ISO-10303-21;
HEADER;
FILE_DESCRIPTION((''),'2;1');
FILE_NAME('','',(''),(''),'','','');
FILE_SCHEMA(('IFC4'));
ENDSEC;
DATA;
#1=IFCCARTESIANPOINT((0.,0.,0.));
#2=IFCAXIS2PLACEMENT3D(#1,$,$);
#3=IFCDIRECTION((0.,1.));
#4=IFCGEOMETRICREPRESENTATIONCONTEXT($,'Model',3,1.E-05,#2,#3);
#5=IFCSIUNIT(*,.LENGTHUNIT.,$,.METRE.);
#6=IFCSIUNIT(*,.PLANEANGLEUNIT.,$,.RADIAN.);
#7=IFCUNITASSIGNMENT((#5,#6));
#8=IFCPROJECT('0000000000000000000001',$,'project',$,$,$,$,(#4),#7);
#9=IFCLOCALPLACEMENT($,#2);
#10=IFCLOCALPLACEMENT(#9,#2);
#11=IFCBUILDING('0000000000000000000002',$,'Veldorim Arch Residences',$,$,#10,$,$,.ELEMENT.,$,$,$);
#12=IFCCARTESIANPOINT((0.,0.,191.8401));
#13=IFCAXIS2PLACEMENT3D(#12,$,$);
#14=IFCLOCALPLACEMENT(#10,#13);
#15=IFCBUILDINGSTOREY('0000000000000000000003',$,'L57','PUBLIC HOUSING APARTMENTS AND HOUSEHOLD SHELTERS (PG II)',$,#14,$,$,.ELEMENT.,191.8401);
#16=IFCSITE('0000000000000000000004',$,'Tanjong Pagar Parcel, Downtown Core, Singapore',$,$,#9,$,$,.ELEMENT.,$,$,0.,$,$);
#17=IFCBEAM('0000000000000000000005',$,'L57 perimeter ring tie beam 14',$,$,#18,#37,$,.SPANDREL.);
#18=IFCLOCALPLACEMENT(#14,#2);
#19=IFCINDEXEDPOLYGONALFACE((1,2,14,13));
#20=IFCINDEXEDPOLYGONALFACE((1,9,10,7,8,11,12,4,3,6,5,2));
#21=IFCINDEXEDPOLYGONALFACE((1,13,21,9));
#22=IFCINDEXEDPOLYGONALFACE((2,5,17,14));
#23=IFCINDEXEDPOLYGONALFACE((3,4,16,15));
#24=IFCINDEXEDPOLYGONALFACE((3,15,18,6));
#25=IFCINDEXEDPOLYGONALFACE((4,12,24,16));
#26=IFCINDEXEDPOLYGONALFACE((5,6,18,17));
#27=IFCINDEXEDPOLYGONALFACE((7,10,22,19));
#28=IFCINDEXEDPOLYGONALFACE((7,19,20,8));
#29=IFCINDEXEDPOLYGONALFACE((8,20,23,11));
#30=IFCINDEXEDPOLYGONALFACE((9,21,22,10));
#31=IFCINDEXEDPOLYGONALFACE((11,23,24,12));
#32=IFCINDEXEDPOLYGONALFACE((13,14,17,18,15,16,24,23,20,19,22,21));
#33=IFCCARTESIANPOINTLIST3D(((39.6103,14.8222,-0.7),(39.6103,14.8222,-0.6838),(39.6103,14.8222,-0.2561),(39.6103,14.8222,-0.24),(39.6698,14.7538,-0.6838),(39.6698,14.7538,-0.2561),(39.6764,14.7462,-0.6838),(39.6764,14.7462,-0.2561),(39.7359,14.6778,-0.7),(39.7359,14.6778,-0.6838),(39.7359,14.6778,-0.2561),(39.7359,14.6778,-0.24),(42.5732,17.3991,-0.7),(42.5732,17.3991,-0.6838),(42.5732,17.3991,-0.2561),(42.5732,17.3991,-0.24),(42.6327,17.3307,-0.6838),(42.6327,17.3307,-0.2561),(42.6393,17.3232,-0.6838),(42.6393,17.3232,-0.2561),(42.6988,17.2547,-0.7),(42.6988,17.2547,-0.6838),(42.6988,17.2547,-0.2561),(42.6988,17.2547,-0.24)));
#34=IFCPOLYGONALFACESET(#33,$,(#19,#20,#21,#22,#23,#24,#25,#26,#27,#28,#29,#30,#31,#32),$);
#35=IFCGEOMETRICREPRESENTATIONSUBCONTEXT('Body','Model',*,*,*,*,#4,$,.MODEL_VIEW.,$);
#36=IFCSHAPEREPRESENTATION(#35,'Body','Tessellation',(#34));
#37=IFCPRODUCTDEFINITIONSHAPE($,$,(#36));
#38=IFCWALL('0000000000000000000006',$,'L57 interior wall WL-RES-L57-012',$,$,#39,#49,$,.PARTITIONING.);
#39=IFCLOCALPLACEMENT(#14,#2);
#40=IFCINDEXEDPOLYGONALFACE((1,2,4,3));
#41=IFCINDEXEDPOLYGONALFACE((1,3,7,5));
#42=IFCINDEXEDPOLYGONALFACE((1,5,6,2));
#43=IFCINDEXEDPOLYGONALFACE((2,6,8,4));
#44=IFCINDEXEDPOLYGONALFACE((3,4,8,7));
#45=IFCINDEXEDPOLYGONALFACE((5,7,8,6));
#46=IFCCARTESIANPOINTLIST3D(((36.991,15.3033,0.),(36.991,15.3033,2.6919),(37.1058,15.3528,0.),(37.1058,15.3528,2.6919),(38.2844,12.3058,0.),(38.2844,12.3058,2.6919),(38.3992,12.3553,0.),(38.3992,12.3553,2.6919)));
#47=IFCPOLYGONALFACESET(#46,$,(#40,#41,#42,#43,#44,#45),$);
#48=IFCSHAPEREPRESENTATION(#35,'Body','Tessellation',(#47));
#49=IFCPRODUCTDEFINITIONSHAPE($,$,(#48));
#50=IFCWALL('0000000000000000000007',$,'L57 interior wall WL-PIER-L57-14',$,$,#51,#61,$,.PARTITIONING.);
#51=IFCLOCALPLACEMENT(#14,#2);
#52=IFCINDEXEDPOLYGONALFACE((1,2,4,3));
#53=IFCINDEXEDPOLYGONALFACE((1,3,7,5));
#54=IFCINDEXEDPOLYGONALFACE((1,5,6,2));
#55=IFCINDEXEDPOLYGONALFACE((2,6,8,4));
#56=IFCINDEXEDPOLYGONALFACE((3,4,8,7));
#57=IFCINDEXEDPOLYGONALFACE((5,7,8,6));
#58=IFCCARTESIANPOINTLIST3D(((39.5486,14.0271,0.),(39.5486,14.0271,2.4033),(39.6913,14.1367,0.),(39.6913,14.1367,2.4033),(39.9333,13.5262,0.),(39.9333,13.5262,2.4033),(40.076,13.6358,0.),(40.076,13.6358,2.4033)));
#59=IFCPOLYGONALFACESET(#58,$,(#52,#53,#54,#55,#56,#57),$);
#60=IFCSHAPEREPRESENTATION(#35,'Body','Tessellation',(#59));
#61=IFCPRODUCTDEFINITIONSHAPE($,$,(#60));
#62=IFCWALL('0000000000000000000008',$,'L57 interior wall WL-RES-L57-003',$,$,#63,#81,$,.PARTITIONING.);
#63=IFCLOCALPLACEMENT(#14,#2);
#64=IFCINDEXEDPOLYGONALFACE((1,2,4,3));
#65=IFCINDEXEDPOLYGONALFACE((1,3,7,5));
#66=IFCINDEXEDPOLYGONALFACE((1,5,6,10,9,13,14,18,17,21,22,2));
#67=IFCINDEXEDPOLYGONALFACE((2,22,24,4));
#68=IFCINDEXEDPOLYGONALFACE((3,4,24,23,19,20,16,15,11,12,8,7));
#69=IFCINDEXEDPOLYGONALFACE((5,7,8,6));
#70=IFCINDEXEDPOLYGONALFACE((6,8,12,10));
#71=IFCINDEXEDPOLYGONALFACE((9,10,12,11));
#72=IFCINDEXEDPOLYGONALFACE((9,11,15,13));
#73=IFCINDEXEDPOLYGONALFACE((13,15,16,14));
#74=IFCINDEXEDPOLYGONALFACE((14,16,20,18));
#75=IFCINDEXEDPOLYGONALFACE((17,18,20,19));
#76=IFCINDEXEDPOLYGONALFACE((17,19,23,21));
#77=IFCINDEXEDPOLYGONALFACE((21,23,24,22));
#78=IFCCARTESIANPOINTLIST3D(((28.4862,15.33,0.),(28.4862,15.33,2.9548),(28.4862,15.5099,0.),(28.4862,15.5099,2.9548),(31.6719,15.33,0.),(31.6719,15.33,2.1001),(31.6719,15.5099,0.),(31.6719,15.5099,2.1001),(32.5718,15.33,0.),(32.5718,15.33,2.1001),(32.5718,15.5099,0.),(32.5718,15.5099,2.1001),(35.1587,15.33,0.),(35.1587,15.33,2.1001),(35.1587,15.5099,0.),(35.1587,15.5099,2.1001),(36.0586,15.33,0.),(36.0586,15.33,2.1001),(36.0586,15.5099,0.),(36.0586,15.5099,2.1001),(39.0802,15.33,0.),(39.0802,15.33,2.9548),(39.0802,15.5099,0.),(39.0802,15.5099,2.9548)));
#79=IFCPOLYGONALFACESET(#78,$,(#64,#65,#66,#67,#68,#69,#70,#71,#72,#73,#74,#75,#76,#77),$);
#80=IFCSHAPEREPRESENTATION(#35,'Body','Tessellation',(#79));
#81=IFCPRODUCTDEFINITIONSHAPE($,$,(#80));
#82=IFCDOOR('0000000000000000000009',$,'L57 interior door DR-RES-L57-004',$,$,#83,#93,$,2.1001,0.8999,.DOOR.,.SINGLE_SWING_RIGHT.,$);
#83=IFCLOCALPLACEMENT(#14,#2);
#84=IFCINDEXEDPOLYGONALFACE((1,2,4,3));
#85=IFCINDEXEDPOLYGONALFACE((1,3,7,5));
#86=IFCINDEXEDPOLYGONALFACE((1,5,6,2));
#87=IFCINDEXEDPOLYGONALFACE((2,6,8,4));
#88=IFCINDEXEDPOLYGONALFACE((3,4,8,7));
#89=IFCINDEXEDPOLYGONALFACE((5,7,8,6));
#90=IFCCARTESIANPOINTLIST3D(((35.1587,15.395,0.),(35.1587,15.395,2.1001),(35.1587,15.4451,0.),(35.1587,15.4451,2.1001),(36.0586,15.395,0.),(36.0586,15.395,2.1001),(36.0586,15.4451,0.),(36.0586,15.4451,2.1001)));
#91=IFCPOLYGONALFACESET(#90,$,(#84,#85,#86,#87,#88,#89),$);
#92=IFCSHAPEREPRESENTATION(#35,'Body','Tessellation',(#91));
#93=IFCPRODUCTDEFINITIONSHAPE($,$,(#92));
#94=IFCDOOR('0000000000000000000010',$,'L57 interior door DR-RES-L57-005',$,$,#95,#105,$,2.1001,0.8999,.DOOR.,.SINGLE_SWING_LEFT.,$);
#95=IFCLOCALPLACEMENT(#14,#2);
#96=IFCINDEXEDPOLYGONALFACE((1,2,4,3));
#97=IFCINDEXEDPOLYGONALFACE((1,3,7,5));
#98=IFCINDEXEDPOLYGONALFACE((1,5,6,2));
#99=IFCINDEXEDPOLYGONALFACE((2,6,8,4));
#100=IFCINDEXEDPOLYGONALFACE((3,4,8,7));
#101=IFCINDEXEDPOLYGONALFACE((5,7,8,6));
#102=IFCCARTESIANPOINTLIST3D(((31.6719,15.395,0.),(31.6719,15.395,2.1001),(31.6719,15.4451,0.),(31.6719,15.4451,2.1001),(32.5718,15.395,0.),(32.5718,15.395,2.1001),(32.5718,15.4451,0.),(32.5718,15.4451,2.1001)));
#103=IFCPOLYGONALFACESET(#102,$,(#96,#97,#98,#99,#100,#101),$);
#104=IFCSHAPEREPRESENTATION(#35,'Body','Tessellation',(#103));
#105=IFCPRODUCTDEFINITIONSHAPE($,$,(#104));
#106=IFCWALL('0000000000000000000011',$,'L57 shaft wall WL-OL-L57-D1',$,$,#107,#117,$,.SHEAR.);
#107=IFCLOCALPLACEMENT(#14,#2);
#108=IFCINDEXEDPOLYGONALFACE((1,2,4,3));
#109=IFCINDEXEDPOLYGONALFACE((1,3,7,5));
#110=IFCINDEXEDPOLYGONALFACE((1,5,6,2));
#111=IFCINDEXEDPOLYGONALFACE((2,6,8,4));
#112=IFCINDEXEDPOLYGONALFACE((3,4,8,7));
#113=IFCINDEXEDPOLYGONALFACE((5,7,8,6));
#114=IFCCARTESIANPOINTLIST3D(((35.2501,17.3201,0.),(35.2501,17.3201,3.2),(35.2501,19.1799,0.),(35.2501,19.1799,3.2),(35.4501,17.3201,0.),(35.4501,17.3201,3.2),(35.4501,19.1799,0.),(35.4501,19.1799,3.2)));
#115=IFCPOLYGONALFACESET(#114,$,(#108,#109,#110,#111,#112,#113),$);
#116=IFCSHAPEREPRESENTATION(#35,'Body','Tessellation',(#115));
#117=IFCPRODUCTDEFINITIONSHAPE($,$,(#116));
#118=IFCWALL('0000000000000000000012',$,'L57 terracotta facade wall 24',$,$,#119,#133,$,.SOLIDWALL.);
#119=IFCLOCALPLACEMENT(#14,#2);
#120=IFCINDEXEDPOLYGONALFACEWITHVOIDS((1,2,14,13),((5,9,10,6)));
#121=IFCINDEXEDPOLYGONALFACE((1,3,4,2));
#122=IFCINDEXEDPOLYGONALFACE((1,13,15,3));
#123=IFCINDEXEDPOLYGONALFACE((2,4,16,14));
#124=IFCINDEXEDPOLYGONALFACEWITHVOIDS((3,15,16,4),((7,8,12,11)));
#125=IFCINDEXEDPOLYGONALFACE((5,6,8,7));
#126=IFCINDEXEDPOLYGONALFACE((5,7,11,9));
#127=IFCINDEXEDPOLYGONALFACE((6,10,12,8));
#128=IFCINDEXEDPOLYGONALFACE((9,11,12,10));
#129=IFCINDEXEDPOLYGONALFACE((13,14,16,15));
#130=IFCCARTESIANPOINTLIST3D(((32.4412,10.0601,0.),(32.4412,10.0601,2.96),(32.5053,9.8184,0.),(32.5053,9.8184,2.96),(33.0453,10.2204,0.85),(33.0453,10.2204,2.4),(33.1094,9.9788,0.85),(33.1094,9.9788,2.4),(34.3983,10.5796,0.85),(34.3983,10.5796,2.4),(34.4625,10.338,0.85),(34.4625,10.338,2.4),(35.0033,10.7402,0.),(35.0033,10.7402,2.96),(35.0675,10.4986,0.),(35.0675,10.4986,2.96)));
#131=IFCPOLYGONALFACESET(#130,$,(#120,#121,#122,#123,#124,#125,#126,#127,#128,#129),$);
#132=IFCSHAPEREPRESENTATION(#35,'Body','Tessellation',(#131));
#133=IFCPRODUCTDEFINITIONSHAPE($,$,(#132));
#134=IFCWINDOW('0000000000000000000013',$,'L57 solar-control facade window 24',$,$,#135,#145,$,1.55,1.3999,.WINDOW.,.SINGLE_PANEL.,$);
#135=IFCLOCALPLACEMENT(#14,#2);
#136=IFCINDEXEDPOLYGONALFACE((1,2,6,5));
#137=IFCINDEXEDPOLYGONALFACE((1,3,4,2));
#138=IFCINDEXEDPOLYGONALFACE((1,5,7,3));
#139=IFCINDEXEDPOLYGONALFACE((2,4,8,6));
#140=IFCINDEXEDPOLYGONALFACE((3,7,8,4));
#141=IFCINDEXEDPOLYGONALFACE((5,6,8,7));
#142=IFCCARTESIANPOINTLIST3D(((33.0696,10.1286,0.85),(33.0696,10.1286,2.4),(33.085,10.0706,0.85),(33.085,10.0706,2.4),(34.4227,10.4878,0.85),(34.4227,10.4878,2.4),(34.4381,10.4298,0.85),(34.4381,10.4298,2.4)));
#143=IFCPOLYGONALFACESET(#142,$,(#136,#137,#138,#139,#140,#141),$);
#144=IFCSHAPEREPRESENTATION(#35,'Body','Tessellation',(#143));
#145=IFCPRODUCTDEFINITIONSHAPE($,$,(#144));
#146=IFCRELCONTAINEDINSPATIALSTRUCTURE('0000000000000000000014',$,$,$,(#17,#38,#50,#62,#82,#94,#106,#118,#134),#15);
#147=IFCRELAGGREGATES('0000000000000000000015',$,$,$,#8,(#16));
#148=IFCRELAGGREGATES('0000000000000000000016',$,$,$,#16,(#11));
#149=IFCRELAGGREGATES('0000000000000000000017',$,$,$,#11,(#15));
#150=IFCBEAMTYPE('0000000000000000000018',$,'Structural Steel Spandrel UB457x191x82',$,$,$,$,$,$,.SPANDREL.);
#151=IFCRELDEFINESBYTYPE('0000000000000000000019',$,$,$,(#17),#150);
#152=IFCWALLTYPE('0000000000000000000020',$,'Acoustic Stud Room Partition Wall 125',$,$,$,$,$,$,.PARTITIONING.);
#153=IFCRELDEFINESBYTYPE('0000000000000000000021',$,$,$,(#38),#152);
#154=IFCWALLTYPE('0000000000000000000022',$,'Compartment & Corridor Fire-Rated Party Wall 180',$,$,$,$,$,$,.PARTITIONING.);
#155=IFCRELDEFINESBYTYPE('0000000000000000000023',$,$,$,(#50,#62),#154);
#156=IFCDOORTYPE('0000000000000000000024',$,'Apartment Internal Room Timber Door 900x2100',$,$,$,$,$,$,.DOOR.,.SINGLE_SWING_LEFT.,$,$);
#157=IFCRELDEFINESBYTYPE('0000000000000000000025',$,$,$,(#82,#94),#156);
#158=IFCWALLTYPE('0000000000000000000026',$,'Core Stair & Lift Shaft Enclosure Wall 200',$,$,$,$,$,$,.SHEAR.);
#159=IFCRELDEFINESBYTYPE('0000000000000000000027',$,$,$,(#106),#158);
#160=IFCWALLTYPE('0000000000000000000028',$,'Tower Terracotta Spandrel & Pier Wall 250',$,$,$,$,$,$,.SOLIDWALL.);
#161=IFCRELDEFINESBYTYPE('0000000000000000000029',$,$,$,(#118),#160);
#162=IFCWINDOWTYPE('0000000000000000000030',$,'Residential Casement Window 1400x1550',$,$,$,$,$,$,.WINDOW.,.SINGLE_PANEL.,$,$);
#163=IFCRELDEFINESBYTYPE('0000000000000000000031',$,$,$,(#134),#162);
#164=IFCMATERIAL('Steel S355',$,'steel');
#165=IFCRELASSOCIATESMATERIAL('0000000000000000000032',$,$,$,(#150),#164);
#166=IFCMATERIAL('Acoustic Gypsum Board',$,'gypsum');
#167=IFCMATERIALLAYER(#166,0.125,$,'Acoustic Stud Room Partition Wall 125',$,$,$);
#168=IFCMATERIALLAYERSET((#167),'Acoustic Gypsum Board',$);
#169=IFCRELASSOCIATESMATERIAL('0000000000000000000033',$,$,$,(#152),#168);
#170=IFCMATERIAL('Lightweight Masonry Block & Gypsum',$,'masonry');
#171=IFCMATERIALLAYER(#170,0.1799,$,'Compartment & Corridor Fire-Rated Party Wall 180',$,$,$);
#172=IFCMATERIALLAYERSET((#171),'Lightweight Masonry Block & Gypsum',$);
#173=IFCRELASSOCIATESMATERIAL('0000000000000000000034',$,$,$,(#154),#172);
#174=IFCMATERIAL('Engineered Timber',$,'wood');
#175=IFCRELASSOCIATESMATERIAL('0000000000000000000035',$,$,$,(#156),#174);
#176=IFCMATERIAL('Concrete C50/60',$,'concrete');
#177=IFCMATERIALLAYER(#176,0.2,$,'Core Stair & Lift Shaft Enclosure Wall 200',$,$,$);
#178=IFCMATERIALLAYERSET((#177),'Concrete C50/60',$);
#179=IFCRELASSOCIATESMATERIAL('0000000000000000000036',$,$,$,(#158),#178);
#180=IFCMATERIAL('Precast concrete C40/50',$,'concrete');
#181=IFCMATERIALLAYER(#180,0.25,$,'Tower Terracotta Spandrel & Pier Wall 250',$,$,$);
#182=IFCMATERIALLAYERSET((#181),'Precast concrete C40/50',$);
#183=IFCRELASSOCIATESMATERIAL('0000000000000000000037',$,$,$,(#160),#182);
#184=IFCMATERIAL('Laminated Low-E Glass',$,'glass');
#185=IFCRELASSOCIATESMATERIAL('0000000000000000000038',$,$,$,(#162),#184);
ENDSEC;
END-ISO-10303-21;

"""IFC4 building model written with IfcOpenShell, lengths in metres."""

from ifc_helpers import new_model, si_unit, direction, frame, frame_2d, origin, origin_2d, place, context, subcontext, project, spatial, rectangle, i_section, extrude, material, layer, layer_set, material_profile, profile_set, type_object, element, fill, save


model = new_model("IFC4")

# Units and contexts
model_context = context("Model", 3, precision=1e-05, world=origin(), true_north=direction((0.0, 1.0)))
body_context = subcontext(model_context, "Body", "Model", "MODEL_VIEW")
ifc_project = project(units=[si_unit("LENGTHUNIT", "METRE"), si_unit("PLANEANGLEUNIT", "RADIAN")], contexts=[model_context])

# Site, building, storey
site_placement = place(None, origin())
site = spatial("IfcSite", under=ifc_project, at=site_placement, Name="Tanjong Pagar Parcel, Downtown Core, Singapore", CompositionType="ELEMENT", RefElevation=0.0)
building_placement = place(site_placement, origin())
building = spatial("IfcBuilding", under=site, at=building_placement, Name="Veldorim Arch Residences", CompositionType="ELEMENT")
storey_placement = place(building_placement, frame((0.0, 0.0, 191.8401)))
storey = spatial("IfcBuildingStorey", under=building, at=storey_placement, Name="L57", Description="PUBLIC HOUSING APARTMENTS AND HOUSEHOLD SHELTERS (PG II)", CompositionType="ELEMENT", Elevation=191.8401)

# Beam
ifc_material_1 = material(Name="Steel S355", Category="steel")
ifc_material_profile_1 = material_profile(ifc_material_1, i_section(OverallWidth=0.1914, OverallDepth=0.46, WebThickness=0.01, FlangeThickness=0.0161, at=origin_2d()), Name="UB457x191x82")
ifc_profile_set_1 = profile_set([ifc_material_profile_1], Name="Steel S355")
beam_type_1 = type_object("IfcBeamType", Name="Structural Steel Spandrel UB457x191x82", PredefinedType="SPANDREL", material=ifc_profile_set_1)
beam_1_placement = place(storey_placement, frame((39.6731, 14.75, -0.47), z_axis=(0.754545, 0.656248, 0.0), x_axis=(-0.656248, 0.754545, 0.0)))
element("IfcBeam", 1, at=beam_1_placement, inside=storey, type_object=beam_type_1, Name="L57 perimeter ring tie beam 14", PredefinedType="SPANDREL", context=body_context, shape_type="SweptSolid", body=[
    extrude(i_section(OverallWidth=0.1914, OverallDepth=0.46, WebThickness=0.01, FlangeThickness=0.0161, at=origin_2d()), origin(), (0.0, 0.0, 1.0), 3.9268),
])

# Walls
ifc_material_2 = material(Name="Acoustic Gypsum Board", Category="gypsum")
ifc_layer_1 = layer(ifc_material_2, 0.125, Name="Acoustic Stud Room Partition Wall 125")
ifc_layer_set_1 = layer_set([ifc_layer_1], Name="Acoustic Gypsum Board")
wall_type_1 = type_object("IfcWallType", Name="Acoustic Stud Room Partition Wall 125", PredefinedType="PARTITIONING", material=ifc_layer_set_1)
wall_1_placement = place(storey_placement, frame((38.3418, 12.3306, 0.0), z_axis=(0.0, 0.0, 1.0), x_axis=(-0.396192, 0.918167, 0.0)))
element("IfcWall", 2, at=wall_1_placement, inside=storey, type_object=wall_type_1, Name="L57 interior wall WL-RES-L57-012", PredefinedType="PARTITIONING", context=body_context, shape_type="SweptSolid", body=[
    extrude(rectangle(XDim=3.2646, YDim=0.125, at=frame_2d((1.6323, 0.0))), origin(), (0.0, 0.0, 1.0), 2.6919),
])
ifc_material_3 = material(Name="Lightweight Masonry Block & Gypsum", Category="masonry")
ifc_layer_2 = layer(ifc_material_3, 0.1799, Name="Compartment & Corridor Fire-Rated Party Wall 180")
ifc_layer_set_2 = layer_set([ifc_layer_2], Name="Lightweight Masonry Block & Gypsum")
wall_type_2 = type_object("IfcWallType", Name="Compartment & Corridor Fire-Rated Party Wall 180", PredefinedType="PARTITIONING", material=ifc_layer_set_2)
wall_2_placement = place(storey_placement, frame((39.6199, 14.082, 0.0), z_axis=(0.0, 0.0, 1.0), x_axis=(0.609113, -0.793084, 0.0)))
element("IfcWall", 3, at=wall_2_placement, inside=storey, type_object=wall_type_2, Name="L57 interior wall WL-PIER-L57-14", PredefinedType="PARTITIONING", context=body_context, shape_type="SweptSolid", body=[
    extrude(rectangle(XDim=0.6316, YDim=0.1799, at=frame_2d((0.3159, 0.0))), origin(), (0.0, 0.0, 1.0), 2.4033),
])

# Wall, openings, doors
wall_3_placement = place(storey_placement, frame((39.0801, 15.4199, 0.0), z_axis=(0.0, 0.0, 1.0), x_axis=(-1.0, 0.0, 0.0)))
wall_3 = element("IfcWall", 4, at=wall_3_placement, inside=storey, type_object=wall_type_2, Name="L57 interior wall WL-RES-L57-003", PredefinedType="PARTITIONING", context=body_context, shape_type="SweptSolid", body=[
    extrude(rectangle(XDim=10.594, YDim=0.1799, at=frame_2d((5.2969, 0.0))), origin(), (0.0, 0.0, 1.0), 2.9548),
])
opening_1_placement = place(wall_3_placement, frame((3.0215, 0.0, 0.0)))
opening_1 = element("IfcOpeningElement", 5, at=opening_1_placement, cuts=wall_3, PredefinedType="OPENING", context=body_context, shape_type="SweptSolid", body=[
    extrude(rectangle(XDim=0.8999, YDim=2.1001, at=frame_2d((0.45, 1.05))), frame((0.0, 0.0999, 0.0), z_axis=(0.0, -1.0, 0.0), x_axis=(1.0, 0.0, 0.0)), (0.0, 0.0, 1.0), 0.2),
])
opening_2_placement = place(wall_3_placement, frame((6.5083, 0.0, 0.0)))
opening_2 = element("IfcOpeningElement", 6, at=opening_2_placement, cuts=wall_3, PredefinedType="OPENING", context=body_context, shape_type="SweptSolid", body=[
    extrude(rectangle(XDim=0.8999, YDim=2.1001, at=frame_2d((0.45, 1.05))), frame((0.0, 0.0999, 0.0), z_axis=(0.0, -1.0, 0.0), x_axis=(1.0, 0.0, 0.0)), (0.0, 0.0, 1.0), 0.2),
])
ifc_material_4 = material(Name="Engineered Timber", Category="wood")
door_type_1 = type_object("IfcDoorType", Name="Apartment Internal Room Timber Door 900x2100", OperationType="SINGLE_SWING_LEFT", PredefinedType="DOOR", material=ifc_material_4)
door_1_placement = place(opening_1_placement, origin())
door_1 = element("IfcDoor", 7, at=door_1_placement, inside=storey, type_object=door_type_1, Name="L57 interior door DR-RES-L57-004", OperationType="SINGLE_SWING_RIGHT", OverallHeight=2.1001, OverallWidth=0.8999, PredefinedType="DOOR", context=body_context, shape_type="SweptSolid", body=[
    extrude(rectangle(XDim=0.8999, YDim=2.1001, at=frame_2d((0.45, 1.05))), frame((0.0, 0.0249, 0.0), z_axis=(0.0, -1.0, 0.0), x_axis=(1.0, 0.0, 0.0)), (0.0, 0.0, 1.0), 0.05),
])
fill(opening_1, door_1)
door_2_placement = place(opening_2_placement, origin())
door_2 = element("IfcDoor", 8, at=door_2_placement, inside=storey, type_object=door_type_1, Name="L57 interior door DR-RES-L57-005", OperationType="SINGLE_SWING_LEFT", OverallHeight=2.1001, OverallWidth=0.8999, PredefinedType="DOOR", context=body_context, shape_type="SweptSolid", body=[
    extrude(rectangle(XDim=0.8999, YDim=2.1001, at=frame_2d((0.45, 1.05))), frame((0.0, 0.0249, 0.0), z_axis=(0.0, -1.0, 0.0), x_axis=(1.0, 0.0, 0.0)), (0.0, 0.0, 1.0), 0.05),
])
fill(opening_2, door_2)

# Wall
ifc_material_5 = material(Name="Concrete C50/60", Category="concrete")
ifc_layer_3 = layer(ifc_material_5, 0.2, Name="Core Stair & Lift Shaft Enclosure Wall 200")
ifc_layer_set_3 = layer_set([ifc_layer_3], Name="Concrete C50/60")
wall_type_3 = type_object("IfcWallType", Name="Core Stair & Lift Shaft Enclosure Wall 200", PredefinedType="SHEAR", material=ifc_layer_set_3)
wall_4_placement = place(storey_placement, frame((35.3501, 17.3201, 0.0), z_axis=(0.0, 0.0, 1.0), x_axis=(0.0, 1.0, 0.0)))
element("IfcWall", 9, at=wall_4_placement, inside=storey, type_object=wall_type_3, Name="L57 shaft wall WL-OL-L57-D1", PredefinedType="SHEAR", context=body_context, shape_type="SweptSolid", body=[
    extrude(rectangle(XDim=1.8599, YDim=0.2, at=frame_2d((0.9299, 0.0))), origin(), (0.0, 0.0, 1.0), 3.2),
])

# Wall, opening, window
ifc_material_6 = material(Name="Precast concrete C40/50", Category="concrete")
ifc_layer_4 = layer(ifc_material_6, 0.25, Name="Tower Terracotta Spandrel & Pier Wall 250")
ifc_layer_set_4 = layer_set([ifc_layer_4], Name="Precast concrete C40/50")
wall_type_4 = type_object("IfcWallType", Name="Tower Terracotta Spandrel & Pier Wall 250", PredefinedType="SOLIDWALL", material=ifc_layer_set_4)
wall_5_placement = place(storey_placement, frame((35.0354, 10.6194, 0.0), z_axis=(0.0, 0.0, 1.0), x_axis=(-0.966525, -0.256573, 0.0)))
wall_5 = element("IfcWall", 10, at=wall_5_placement, inside=storey, type_object=wall_type_4, Name="L57 terracotta facade wall 24", PredefinedType="SOLIDWALL", context=body_context, shape_type="SweptSolid", body=[
    extrude(rectangle(XDim=2.6509, YDim=0.25, at=frame_2d((1.3254, 0.0))), origin(), (0.0, 0.0, 1.0), 2.96),
])
opening_3_placement = place(wall_5_placement, frame((0.626, 0.0, 0.8501)))
opening_3 = element("IfcOpeningElement", 11, at=opening_3_placement, cuts=wall_5, PredefinedType="OPENING", context=body_context, shape_type="SweptSolid", body=[
    extrude(rectangle(XDim=1.3999, YDim=1.55, at=frame_2d((0.7, 0.7749))), frame((0.0, 0.135, 0.0), z_axis=(0.0, -1.0, 0.0), x_axis=(1.0, 0.0, 0.0)), (0.0, 0.0, 1.0), 0.27),
])
ifc_material_7 = material(Name="Laminated Low-E Glass", Category="glass")
window_type_1 = type_object("IfcWindowType", Name="Residential Casement Window 1400x1550", PartitioningType="SINGLE_PANEL", PredefinedType="WINDOW", material=ifc_material_7)
window_1_placement = place(opening_3_placement, origin())
window_1 = element("IfcWindow", 12, at=window_1_placement, inside=storey, type_object=window_type_1, Name="L57 solar-control facade window 24", OverallHeight=1.55, OverallWidth=1.3999, PartitioningType="SINGLE_PANEL", PredefinedType="WINDOW", context=body_context, shape_type="SweptSolid", body=[
    extrude(rectangle(XDim=1.3999, YDim=1.55, at=frame_2d((0.7, 0.7749))), frame((0.0, 0.03, 0.0), z_axis=(0.0, -1.0, 0.0), x_axis=(1.0, 0.0, 0.0)), (0.0, 0.0, 1.0), 0.0601),
])
fill(opening_3, window_1)

save(model, "model.ifc")
